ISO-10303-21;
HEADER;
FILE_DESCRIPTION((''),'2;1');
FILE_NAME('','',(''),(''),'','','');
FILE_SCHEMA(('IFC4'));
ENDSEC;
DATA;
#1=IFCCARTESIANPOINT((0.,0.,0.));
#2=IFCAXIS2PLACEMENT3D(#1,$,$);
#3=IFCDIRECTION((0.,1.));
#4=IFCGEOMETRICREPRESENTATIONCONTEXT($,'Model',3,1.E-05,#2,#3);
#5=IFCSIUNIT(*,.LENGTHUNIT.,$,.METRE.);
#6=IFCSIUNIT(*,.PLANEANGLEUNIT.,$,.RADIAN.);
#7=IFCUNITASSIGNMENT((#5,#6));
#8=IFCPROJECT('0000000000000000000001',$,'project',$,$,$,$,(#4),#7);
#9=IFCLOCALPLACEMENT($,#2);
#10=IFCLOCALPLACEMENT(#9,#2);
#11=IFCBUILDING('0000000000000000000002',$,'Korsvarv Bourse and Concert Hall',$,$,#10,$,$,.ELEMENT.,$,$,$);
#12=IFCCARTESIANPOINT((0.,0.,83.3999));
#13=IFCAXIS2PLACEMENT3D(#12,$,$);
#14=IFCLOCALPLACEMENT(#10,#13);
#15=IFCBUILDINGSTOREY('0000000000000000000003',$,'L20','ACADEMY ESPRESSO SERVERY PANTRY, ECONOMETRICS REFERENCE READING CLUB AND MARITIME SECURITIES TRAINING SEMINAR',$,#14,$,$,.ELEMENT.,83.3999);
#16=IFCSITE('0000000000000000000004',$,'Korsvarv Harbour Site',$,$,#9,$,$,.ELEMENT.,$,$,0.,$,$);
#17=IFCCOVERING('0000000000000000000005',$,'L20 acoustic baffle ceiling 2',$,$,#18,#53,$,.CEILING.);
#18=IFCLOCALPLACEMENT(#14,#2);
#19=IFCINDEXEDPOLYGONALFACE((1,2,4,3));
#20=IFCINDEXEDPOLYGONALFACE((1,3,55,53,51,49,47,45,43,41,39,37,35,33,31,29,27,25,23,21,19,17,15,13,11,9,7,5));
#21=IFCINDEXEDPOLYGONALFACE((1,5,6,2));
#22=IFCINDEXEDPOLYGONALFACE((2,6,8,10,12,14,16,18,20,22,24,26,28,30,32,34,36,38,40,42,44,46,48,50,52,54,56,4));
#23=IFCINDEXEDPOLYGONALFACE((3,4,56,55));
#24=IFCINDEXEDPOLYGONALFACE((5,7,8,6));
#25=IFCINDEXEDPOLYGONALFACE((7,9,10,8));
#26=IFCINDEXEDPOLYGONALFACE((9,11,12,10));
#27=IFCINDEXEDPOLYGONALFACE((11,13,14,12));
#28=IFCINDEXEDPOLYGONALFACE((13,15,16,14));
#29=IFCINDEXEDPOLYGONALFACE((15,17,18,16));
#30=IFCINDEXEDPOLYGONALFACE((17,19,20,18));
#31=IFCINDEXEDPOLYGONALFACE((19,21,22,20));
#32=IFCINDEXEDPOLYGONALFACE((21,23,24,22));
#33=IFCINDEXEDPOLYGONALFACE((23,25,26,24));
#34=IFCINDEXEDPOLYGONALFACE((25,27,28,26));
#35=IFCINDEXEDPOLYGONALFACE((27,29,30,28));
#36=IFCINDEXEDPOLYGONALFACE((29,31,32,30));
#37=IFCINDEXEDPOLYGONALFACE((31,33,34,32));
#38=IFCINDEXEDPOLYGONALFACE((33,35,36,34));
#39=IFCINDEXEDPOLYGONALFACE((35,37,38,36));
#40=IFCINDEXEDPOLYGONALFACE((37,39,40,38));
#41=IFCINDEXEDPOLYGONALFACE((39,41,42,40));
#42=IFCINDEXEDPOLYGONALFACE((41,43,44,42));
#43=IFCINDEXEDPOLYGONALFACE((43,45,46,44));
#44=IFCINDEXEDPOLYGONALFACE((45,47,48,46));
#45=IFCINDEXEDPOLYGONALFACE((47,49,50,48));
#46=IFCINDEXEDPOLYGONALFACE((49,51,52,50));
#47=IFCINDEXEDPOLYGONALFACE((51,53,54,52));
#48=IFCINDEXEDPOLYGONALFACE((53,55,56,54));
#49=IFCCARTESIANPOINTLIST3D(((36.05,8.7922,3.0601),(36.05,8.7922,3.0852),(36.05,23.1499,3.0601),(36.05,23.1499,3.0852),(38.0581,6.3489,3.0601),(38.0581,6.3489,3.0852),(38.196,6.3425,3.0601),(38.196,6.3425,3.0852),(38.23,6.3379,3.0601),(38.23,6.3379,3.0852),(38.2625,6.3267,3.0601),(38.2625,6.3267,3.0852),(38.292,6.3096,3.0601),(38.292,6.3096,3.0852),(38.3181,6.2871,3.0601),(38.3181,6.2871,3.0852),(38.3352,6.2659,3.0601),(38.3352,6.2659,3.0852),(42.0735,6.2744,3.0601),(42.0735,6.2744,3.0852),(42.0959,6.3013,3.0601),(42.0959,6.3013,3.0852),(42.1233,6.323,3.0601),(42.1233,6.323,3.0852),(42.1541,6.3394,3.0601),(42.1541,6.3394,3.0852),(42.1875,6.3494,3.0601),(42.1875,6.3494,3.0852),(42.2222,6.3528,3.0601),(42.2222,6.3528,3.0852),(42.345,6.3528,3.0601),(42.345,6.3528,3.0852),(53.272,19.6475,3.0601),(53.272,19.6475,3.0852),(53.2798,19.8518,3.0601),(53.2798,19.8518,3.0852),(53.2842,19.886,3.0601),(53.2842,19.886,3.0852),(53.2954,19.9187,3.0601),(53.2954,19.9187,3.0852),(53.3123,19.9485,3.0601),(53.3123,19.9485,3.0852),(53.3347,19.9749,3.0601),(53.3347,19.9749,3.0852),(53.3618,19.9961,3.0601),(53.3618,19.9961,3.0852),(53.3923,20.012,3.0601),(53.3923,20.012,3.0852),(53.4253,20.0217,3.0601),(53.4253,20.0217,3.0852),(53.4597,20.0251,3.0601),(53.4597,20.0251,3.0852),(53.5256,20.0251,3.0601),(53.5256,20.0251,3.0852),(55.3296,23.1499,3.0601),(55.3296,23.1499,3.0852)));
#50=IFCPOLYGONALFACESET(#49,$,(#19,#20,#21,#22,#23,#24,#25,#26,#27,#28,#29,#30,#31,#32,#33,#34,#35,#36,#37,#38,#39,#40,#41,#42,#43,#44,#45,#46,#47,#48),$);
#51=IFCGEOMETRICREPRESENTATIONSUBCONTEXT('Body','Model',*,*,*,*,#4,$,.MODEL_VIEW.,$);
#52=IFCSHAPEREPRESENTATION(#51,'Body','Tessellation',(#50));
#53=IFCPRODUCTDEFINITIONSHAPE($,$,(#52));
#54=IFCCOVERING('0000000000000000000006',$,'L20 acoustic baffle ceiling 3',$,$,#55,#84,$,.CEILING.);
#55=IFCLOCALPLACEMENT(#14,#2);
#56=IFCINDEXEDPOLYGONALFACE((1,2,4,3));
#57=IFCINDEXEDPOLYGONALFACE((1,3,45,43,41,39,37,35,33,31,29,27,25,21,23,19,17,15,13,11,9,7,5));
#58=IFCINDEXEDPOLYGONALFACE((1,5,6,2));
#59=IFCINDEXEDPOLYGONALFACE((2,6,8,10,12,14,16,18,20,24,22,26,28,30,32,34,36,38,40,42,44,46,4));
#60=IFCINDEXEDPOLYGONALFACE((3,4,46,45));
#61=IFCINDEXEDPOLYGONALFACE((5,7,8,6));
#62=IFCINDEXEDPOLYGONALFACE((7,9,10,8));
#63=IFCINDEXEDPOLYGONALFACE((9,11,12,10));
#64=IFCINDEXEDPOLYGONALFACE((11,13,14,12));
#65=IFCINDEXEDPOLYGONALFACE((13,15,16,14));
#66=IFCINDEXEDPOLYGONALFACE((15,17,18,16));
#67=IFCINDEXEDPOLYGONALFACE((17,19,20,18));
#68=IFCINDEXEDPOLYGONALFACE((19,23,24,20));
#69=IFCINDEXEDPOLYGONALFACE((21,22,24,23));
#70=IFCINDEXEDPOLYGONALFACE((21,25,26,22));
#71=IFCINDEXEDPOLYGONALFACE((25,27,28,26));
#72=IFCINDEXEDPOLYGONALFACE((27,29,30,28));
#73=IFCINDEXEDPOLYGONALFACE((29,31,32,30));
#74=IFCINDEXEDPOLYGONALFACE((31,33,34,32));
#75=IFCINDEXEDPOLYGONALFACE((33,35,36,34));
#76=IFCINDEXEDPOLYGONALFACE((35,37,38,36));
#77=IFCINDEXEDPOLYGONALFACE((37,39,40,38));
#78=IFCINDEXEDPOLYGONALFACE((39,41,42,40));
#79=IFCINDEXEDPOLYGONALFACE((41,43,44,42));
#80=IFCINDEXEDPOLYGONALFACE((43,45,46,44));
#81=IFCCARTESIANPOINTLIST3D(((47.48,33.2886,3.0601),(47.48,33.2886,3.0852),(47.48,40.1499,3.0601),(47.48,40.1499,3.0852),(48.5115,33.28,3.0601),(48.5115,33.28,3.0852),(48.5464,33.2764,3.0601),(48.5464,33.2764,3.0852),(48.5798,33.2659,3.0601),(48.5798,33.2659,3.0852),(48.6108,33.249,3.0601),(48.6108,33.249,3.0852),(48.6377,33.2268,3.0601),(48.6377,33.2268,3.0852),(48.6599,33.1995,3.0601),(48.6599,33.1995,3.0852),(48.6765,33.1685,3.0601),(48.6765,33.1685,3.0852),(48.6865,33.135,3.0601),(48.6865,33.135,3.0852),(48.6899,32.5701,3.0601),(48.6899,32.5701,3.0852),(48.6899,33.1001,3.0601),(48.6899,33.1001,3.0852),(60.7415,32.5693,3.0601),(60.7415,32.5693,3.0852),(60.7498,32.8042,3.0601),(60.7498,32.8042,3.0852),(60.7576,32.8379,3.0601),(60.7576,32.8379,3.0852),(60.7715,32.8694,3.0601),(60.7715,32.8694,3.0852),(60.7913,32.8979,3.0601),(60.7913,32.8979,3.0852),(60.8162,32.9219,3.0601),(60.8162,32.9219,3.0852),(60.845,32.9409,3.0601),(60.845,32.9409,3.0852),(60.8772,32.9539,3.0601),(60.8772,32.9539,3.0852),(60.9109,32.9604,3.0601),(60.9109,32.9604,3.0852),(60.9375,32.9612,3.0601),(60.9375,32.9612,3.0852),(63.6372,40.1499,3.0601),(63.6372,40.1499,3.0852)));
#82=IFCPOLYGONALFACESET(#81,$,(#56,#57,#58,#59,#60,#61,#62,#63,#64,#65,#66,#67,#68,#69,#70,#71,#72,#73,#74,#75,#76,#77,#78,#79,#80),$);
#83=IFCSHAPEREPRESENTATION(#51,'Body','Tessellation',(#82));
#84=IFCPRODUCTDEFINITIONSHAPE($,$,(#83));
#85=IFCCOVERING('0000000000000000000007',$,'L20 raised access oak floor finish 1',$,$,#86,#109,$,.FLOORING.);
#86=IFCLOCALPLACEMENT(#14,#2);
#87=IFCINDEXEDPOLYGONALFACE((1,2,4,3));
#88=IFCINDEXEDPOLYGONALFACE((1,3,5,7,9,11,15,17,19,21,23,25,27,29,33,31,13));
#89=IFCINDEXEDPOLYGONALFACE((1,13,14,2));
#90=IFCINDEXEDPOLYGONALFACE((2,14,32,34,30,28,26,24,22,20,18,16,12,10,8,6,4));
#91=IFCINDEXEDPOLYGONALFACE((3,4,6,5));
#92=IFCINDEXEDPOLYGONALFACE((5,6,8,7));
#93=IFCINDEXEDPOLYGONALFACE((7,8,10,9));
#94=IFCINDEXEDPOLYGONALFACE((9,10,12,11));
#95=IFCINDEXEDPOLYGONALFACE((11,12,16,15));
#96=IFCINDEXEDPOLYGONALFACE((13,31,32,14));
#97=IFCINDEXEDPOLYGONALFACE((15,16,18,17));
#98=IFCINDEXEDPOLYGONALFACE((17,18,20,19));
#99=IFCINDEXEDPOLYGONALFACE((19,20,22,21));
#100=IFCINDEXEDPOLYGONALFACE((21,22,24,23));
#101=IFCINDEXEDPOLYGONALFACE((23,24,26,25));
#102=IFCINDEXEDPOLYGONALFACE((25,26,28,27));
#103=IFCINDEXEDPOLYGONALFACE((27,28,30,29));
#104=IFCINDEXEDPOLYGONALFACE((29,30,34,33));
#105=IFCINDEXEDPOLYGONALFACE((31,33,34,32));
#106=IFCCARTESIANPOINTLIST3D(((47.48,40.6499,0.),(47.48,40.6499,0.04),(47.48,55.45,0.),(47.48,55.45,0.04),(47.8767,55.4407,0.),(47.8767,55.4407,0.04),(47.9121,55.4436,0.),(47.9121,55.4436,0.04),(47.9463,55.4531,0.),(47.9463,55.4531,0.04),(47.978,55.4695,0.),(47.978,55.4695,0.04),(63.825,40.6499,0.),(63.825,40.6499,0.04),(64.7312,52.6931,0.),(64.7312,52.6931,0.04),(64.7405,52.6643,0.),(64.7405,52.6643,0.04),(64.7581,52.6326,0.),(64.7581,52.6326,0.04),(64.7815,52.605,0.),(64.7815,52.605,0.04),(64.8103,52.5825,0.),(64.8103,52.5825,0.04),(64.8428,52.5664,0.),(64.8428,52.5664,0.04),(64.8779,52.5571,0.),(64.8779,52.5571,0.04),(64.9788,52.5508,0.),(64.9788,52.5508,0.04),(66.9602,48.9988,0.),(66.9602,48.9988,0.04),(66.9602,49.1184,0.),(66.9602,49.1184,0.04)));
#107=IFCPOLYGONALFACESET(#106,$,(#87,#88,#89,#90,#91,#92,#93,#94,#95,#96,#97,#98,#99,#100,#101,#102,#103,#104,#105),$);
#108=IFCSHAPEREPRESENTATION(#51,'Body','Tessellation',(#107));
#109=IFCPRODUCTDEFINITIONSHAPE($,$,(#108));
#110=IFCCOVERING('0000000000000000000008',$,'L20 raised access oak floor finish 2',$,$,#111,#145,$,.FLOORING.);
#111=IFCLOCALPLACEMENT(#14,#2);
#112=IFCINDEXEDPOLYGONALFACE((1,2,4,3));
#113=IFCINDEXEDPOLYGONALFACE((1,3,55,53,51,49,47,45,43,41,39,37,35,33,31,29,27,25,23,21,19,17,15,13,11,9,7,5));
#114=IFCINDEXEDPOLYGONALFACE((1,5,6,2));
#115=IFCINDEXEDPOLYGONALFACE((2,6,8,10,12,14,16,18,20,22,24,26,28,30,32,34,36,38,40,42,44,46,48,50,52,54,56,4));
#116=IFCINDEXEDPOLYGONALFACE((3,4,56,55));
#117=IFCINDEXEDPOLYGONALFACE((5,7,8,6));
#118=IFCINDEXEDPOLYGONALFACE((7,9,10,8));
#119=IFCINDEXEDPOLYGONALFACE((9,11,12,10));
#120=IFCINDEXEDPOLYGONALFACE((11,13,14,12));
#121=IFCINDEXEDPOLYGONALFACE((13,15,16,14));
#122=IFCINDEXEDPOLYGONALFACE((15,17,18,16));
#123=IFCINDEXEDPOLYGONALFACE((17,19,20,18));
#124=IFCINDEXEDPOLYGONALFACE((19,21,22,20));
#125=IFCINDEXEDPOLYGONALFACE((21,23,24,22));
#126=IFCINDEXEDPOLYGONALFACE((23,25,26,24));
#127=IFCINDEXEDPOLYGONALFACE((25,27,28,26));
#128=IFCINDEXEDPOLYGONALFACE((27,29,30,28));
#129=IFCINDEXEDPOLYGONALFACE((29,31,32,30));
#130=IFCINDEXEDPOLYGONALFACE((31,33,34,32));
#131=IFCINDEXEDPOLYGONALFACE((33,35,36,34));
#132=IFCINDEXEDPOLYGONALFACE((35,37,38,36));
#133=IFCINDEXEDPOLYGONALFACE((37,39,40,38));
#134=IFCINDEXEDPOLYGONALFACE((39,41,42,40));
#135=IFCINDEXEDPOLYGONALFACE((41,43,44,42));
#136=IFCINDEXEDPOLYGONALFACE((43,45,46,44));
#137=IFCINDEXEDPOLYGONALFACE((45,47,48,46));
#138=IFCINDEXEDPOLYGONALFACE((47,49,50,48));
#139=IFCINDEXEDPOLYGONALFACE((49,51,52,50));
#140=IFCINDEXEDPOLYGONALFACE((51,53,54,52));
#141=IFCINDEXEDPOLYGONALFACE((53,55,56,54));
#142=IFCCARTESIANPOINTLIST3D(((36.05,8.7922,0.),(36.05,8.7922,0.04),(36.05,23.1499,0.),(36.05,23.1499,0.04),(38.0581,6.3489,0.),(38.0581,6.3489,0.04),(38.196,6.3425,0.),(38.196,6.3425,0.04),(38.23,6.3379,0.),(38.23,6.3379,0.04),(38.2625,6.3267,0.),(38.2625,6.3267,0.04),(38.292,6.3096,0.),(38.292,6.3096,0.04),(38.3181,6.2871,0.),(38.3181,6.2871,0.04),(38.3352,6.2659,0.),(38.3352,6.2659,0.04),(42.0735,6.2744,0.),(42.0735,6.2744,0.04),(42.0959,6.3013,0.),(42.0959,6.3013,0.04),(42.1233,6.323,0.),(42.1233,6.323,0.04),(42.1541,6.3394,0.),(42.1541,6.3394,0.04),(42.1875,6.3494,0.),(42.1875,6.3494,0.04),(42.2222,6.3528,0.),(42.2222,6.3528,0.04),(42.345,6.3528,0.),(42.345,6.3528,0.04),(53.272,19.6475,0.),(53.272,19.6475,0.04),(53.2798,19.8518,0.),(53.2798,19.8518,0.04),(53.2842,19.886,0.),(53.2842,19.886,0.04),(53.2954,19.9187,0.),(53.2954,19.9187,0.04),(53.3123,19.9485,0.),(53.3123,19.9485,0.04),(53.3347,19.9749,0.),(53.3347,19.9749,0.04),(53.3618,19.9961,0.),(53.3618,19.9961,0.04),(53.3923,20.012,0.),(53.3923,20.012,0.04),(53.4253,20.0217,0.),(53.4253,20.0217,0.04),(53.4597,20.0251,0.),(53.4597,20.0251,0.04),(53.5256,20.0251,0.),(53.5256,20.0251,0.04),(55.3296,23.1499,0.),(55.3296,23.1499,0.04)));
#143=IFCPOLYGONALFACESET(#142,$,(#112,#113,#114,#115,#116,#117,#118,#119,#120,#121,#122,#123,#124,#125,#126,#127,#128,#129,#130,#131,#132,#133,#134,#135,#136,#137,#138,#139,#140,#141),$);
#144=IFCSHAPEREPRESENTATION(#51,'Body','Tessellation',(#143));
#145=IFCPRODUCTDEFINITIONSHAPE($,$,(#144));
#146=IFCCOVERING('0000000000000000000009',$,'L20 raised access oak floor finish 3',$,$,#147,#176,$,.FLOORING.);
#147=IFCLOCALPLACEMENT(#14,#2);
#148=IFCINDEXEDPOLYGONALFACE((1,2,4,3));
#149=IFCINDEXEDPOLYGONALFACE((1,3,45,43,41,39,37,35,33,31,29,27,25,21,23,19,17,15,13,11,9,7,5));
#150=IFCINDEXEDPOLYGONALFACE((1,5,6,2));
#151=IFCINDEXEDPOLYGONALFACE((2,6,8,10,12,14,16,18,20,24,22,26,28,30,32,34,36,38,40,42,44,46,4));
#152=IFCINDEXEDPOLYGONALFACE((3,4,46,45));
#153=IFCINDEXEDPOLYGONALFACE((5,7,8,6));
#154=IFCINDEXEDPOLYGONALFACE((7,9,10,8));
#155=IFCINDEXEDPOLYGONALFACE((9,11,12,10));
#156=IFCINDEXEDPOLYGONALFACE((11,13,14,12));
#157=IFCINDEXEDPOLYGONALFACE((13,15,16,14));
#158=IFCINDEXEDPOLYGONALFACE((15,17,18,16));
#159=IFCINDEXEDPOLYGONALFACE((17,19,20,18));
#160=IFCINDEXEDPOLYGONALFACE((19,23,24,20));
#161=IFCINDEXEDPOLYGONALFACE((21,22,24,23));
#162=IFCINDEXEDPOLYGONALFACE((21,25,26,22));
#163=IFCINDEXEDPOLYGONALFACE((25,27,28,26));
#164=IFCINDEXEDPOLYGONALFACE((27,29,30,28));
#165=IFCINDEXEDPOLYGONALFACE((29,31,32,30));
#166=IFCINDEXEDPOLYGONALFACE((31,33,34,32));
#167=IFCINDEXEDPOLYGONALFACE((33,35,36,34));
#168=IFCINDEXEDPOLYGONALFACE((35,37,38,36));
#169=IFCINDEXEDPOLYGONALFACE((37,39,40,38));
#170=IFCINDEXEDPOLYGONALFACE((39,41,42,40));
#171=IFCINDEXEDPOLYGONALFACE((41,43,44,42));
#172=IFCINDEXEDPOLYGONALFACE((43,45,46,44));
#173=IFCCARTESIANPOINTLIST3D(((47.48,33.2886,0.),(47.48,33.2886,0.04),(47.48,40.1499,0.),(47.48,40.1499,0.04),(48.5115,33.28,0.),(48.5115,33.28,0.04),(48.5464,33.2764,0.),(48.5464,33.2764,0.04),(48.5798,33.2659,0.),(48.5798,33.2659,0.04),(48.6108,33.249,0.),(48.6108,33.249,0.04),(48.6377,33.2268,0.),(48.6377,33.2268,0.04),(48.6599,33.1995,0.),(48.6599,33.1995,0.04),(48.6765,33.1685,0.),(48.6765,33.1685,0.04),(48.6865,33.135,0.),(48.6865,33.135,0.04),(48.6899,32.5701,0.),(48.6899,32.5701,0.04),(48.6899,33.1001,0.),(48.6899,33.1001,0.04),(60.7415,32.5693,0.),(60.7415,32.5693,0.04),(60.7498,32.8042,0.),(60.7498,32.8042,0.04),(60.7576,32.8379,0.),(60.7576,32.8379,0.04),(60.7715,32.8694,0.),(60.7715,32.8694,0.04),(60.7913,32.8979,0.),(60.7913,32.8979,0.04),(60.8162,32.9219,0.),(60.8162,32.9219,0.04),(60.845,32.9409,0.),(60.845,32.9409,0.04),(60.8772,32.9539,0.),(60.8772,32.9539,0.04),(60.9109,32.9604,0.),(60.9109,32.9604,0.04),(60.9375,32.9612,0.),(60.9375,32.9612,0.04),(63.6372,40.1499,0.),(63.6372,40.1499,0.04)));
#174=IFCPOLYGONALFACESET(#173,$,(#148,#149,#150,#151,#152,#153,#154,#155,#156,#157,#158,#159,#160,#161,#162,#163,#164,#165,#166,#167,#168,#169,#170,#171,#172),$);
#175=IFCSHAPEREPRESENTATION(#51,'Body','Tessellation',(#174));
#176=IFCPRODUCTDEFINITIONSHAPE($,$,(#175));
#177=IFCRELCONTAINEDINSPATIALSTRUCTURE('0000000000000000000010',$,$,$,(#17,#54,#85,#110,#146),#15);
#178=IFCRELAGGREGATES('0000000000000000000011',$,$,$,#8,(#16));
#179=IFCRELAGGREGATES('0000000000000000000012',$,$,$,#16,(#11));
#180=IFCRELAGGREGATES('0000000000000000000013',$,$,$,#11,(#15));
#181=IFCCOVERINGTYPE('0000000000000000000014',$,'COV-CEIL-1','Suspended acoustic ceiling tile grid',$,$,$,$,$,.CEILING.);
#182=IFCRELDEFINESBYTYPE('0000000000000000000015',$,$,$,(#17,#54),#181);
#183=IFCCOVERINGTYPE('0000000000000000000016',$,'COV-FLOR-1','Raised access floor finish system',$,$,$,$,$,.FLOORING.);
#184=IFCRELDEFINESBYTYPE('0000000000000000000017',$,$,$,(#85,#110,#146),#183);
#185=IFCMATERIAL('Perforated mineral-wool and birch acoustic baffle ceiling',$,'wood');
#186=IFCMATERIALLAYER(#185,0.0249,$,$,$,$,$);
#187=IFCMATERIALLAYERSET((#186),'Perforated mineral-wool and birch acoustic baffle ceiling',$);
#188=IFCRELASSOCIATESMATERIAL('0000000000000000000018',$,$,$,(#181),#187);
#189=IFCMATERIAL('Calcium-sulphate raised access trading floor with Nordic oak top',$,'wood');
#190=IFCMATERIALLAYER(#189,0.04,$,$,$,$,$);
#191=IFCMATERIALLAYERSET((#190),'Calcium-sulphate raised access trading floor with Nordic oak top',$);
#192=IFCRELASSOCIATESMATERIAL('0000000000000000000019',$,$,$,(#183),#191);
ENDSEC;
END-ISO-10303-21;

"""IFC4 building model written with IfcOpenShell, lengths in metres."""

from ifc_helpers import new_model, si_unit, direction, frame, origin, place, context, subcontext, project, spatial, polyline, outline, extrude, material, layer, layer_set, type_object, element, save


model = new_model("IFC4")

# Units and contexts
model_context = context("Model", 3, precision=1e-05, world=origin(), true_north=direction((0.0, 1.0)))
body_context = subcontext(model_context, "Body", "Model", "MODEL_VIEW")
ifc_project = project(units=[si_unit("LENGTHUNIT", "METRE"), si_unit("PLANEANGLEUNIT", "RADIAN")], contexts=[model_context])

# Site, building, storey
site_placement = place(None, origin())
site = spatial("IfcSite", under=ifc_project, at=site_placement, Name="Korsvarv Harbour Site", CompositionType="ELEMENT", RefElevation=0.0)
building_placement = place(site_placement, origin())
building = spatial("IfcBuilding", under=site, at=building_placement, Name="Korsvarv Bourse and Concert Hall", CompositionType="ELEMENT")
storey_placement = place(building_placement, frame((0.0, 0.0, 83.3999)))
storey = spatial("IfcBuildingStorey", under=building, at=storey_placement, Name="L20", Description="ACADEMY ESPRESSO SERVERY PANTRY, ECONOMETRICS REFERENCE READING CLUB AND MARITIME SECURITIES TRAINING SEMINAR", CompositionType="ELEMENT", Elevation=83.3999)

# Coverings
ifc_material_1 = material(Name="Perforated mineral-wool and birch acoustic baffle ceiling", Category="wood")
ifc_layer_1 = layer(ifc_material_1, 0.0249)
ifc_layer_set_1 = layer_set([ifc_layer_1], Name="Perforated mineral-wool and birch acoustic baffle ceiling")
covering_type_1 = type_object("IfcCoveringType", Name="COV-CEIL-1", Description="Suspended acoustic ceiling tile grid", PredefinedType="CEILING", material=ifc_layer_set_1)
covering_1_placement = place(storey_placement, frame((0.0, 0.0, 3.0601)))
element("IfcCovering", 1, at=covering_1_placement, inside=storey, type_object=covering_type_1, Name="L20 acoustic baffle ceiling 2", PredefinedType="CEILING", context=body_context, shape_type="SweptSolid", body=[
    extrude(outline(polyline([(55.3296, 23.1499), (53.5256, 20.0251), (53.4597, 20.0251), (53.4253, 20.0217), (53.3923, 20.012), (53.3618, 19.9961), (53.3347, 19.9749), (53.3123, 19.9485), (53.2954, 19.9187), (53.2842, 19.886), (53.2798, 19.8518), (53.272, 19.6475), (42.345, 6.3528), (42.2222, 6.3528), (42.1875, 6.3494), (42.1541, 6.3394), (42.1233, 6.323), (42.0959, 6.3013), (42.0735, 6.2744), (38.3352, 6.2659), (38.3181, 6.2871), (38.292, 6.3096), (38.2625, 6.3267), (38.23, 6.3379), (38.196, 6.3425), (38.0581, 6.3489), (36.05, 8.7922), (36.05, 23.1499), (55.3296, 23.1499)])), origin(), (0.0, 0.0, 1.0), 0.0251),
])
covering_2_placement = place(storey_placement, frame((0.0, 0.0, 3.0601)))
element("IfcCovering", 2, at=covering_2_placement, inside=storey, type_object=covering_type_1, Name="L20 acoustic baffle ceiling 3", PredefinedType="CEILING", context=body_context, shape_type="SweptSolid", body=[
    extrude(outline(polyline([(48.6899, 32.5701), (48.6899, 33.1001), (48.6865, 33.135), (48.6765, 33.1685), (48.6599, 33.1995), (48.6377, 33.2268), (48.6108, 33.249), (48.5798, 33.2659), (48.5464, 33.2764), (48.5115, 33.28), (47.48, 33.2886), (47.48, 40.1499), (63.6372, 40.1499), (60.9375, 32.9612), (60.9109, 32.9604), (60.8772, 32.9539), (60.845, 32.9409), (60.8162, 32.9219), (60.7913, 32.8979), (60.7715, 32.8694), (60.7576, 32.8379), (60.7498, 32.8042), (60.7415, 32.5693), (48.6899, 32.5701)])), origin(), (0.0, 0.0, 1.0), 0.0251),
])
ifc_material_2 = material(Name="Calcium-sulphate raised access trading floor with Nordic oak top", Category="wood")
ifc_layer_2 = layer(ifc_material_2, 0.04)
ifc_layer_set_2 = layer_set([ifc_layer_2], Name="Calcium-sulphate raised access trading floor with Nordic oak top")
covering_type_2 = type_object("IfcCoveringType", Name="COV-FLOR-1", Description="Raised access floor finish system", PredefinedType="FLOORING", material=ifc_layer_set_2)
covering_3_placement = place(storey_placement, origin())
element("IfcCovering", 3, at=covering_3_placement, inside=storey, type_object=covering_type_2, Name="L20 raised access oak floor finish 1", PredefinedType="FLOORING", context=body_context, shape_type="SweptSolid", body=[
    extrude(outline(polyline([(47.8767, 55.4407), (47.9121, 55.4436), (47.9463, 55.4531), (47.978, 55.4695), (64.7312, 52.6931), (64.7405, 52.6643), (64.7581, 52.6326), (64.7815, 52.605), (64.8103, 52.5825), (64.8428, 52.5664), (64.8779, 52.5571), (64.9788, 52.5508), (66.9602, 49.1184), (66.9602, 48.9988), (63.825, 40.6499), (47.48, 40.6499), (47.48, 55.45), (47.8767, 55.4407)])), origin(), (0.0, 0.0, 1.0), 0.04),
])
covering_4_placement = place(storey_placement, origin())
element("IfcCovering", 4, at=covering_4_placement, inside=storey, type_object=covering_type_2, Name="L20 raised access oak floor finish 2", PredefinedType="FLOORING", context=body_context, shape_type="SweptSolid", body=[
    extrude(outline(polyline([(55.3296, 23.1499), (53.5256, 20.0251), (53.4597, 20.0251), (53.4253, 20.0217), (53.3923, 20.012), (53.3618, 19.9961), (53.3347, 19.9749), (53.3123, 19.9485), (53.2954, 19.9187), (53.2842, 19.886), (53.2798, 19.8518), (53.272, 19.6475), (42.345, 6.3528), (42.2222, 6.3528), (42.1875, 6.3494), (42.1541, 6.3394), (42.1233, 6.323), (42.0959, 6.3013), (42.0735, 6.2744), (38.3352, 6.2659), (38.3181, 6.2871), (38.292, 6.3096), (38.2625, 6.3267), (38.23, 6.3379), (38.196, 6.3425), (38.0581, 6.3489), (36.05, 8.7922), (36.05, 23.1499), (55.3296, 23.1499)])), origin(), (0.0, 0.0, 1.0), 0.04),
])
covering_5_placement = place(storey_placement, origin())
element("IfcCovering", 5, at=covering_5_placement, inside=storey, type_object=covering_type_2, Name="L20 raised access oak floor finish 3", PredefinedType="FLOORING", context=body_context, shape_type="SweptSolid", body=[
    extrude(outline(polyline([(48.6899, 32.5701), (48.6899, 33.1001), (48.6865, 33.135), (48.6765, 33.1685), (48.6599, 33.1995), (48.6377, 33.2268), (48.6108, 33.249), (48.5798, 33.2659), (48.5464, 33.2764), (48.5115, 33.28), (47.48, 33.2886), (47.48, 40.1499), (63.6372, 40.1499), (60.9375, 32.9612), (60.9109, 32.9604), (60.8772, 32.9539), (60.845, 32.9409), (60.8162, 32.9219), (60.7913, 32.8979), (60.7715, 32.8694), (60.7576, 32.8379), (60.7498, 32.8042), (60.7415, 32.5693), (48.6899, 32.5701)])), origin(), (0.0, 0.0, 1.0), 0.04),
])

save(model, "model.ifc")
